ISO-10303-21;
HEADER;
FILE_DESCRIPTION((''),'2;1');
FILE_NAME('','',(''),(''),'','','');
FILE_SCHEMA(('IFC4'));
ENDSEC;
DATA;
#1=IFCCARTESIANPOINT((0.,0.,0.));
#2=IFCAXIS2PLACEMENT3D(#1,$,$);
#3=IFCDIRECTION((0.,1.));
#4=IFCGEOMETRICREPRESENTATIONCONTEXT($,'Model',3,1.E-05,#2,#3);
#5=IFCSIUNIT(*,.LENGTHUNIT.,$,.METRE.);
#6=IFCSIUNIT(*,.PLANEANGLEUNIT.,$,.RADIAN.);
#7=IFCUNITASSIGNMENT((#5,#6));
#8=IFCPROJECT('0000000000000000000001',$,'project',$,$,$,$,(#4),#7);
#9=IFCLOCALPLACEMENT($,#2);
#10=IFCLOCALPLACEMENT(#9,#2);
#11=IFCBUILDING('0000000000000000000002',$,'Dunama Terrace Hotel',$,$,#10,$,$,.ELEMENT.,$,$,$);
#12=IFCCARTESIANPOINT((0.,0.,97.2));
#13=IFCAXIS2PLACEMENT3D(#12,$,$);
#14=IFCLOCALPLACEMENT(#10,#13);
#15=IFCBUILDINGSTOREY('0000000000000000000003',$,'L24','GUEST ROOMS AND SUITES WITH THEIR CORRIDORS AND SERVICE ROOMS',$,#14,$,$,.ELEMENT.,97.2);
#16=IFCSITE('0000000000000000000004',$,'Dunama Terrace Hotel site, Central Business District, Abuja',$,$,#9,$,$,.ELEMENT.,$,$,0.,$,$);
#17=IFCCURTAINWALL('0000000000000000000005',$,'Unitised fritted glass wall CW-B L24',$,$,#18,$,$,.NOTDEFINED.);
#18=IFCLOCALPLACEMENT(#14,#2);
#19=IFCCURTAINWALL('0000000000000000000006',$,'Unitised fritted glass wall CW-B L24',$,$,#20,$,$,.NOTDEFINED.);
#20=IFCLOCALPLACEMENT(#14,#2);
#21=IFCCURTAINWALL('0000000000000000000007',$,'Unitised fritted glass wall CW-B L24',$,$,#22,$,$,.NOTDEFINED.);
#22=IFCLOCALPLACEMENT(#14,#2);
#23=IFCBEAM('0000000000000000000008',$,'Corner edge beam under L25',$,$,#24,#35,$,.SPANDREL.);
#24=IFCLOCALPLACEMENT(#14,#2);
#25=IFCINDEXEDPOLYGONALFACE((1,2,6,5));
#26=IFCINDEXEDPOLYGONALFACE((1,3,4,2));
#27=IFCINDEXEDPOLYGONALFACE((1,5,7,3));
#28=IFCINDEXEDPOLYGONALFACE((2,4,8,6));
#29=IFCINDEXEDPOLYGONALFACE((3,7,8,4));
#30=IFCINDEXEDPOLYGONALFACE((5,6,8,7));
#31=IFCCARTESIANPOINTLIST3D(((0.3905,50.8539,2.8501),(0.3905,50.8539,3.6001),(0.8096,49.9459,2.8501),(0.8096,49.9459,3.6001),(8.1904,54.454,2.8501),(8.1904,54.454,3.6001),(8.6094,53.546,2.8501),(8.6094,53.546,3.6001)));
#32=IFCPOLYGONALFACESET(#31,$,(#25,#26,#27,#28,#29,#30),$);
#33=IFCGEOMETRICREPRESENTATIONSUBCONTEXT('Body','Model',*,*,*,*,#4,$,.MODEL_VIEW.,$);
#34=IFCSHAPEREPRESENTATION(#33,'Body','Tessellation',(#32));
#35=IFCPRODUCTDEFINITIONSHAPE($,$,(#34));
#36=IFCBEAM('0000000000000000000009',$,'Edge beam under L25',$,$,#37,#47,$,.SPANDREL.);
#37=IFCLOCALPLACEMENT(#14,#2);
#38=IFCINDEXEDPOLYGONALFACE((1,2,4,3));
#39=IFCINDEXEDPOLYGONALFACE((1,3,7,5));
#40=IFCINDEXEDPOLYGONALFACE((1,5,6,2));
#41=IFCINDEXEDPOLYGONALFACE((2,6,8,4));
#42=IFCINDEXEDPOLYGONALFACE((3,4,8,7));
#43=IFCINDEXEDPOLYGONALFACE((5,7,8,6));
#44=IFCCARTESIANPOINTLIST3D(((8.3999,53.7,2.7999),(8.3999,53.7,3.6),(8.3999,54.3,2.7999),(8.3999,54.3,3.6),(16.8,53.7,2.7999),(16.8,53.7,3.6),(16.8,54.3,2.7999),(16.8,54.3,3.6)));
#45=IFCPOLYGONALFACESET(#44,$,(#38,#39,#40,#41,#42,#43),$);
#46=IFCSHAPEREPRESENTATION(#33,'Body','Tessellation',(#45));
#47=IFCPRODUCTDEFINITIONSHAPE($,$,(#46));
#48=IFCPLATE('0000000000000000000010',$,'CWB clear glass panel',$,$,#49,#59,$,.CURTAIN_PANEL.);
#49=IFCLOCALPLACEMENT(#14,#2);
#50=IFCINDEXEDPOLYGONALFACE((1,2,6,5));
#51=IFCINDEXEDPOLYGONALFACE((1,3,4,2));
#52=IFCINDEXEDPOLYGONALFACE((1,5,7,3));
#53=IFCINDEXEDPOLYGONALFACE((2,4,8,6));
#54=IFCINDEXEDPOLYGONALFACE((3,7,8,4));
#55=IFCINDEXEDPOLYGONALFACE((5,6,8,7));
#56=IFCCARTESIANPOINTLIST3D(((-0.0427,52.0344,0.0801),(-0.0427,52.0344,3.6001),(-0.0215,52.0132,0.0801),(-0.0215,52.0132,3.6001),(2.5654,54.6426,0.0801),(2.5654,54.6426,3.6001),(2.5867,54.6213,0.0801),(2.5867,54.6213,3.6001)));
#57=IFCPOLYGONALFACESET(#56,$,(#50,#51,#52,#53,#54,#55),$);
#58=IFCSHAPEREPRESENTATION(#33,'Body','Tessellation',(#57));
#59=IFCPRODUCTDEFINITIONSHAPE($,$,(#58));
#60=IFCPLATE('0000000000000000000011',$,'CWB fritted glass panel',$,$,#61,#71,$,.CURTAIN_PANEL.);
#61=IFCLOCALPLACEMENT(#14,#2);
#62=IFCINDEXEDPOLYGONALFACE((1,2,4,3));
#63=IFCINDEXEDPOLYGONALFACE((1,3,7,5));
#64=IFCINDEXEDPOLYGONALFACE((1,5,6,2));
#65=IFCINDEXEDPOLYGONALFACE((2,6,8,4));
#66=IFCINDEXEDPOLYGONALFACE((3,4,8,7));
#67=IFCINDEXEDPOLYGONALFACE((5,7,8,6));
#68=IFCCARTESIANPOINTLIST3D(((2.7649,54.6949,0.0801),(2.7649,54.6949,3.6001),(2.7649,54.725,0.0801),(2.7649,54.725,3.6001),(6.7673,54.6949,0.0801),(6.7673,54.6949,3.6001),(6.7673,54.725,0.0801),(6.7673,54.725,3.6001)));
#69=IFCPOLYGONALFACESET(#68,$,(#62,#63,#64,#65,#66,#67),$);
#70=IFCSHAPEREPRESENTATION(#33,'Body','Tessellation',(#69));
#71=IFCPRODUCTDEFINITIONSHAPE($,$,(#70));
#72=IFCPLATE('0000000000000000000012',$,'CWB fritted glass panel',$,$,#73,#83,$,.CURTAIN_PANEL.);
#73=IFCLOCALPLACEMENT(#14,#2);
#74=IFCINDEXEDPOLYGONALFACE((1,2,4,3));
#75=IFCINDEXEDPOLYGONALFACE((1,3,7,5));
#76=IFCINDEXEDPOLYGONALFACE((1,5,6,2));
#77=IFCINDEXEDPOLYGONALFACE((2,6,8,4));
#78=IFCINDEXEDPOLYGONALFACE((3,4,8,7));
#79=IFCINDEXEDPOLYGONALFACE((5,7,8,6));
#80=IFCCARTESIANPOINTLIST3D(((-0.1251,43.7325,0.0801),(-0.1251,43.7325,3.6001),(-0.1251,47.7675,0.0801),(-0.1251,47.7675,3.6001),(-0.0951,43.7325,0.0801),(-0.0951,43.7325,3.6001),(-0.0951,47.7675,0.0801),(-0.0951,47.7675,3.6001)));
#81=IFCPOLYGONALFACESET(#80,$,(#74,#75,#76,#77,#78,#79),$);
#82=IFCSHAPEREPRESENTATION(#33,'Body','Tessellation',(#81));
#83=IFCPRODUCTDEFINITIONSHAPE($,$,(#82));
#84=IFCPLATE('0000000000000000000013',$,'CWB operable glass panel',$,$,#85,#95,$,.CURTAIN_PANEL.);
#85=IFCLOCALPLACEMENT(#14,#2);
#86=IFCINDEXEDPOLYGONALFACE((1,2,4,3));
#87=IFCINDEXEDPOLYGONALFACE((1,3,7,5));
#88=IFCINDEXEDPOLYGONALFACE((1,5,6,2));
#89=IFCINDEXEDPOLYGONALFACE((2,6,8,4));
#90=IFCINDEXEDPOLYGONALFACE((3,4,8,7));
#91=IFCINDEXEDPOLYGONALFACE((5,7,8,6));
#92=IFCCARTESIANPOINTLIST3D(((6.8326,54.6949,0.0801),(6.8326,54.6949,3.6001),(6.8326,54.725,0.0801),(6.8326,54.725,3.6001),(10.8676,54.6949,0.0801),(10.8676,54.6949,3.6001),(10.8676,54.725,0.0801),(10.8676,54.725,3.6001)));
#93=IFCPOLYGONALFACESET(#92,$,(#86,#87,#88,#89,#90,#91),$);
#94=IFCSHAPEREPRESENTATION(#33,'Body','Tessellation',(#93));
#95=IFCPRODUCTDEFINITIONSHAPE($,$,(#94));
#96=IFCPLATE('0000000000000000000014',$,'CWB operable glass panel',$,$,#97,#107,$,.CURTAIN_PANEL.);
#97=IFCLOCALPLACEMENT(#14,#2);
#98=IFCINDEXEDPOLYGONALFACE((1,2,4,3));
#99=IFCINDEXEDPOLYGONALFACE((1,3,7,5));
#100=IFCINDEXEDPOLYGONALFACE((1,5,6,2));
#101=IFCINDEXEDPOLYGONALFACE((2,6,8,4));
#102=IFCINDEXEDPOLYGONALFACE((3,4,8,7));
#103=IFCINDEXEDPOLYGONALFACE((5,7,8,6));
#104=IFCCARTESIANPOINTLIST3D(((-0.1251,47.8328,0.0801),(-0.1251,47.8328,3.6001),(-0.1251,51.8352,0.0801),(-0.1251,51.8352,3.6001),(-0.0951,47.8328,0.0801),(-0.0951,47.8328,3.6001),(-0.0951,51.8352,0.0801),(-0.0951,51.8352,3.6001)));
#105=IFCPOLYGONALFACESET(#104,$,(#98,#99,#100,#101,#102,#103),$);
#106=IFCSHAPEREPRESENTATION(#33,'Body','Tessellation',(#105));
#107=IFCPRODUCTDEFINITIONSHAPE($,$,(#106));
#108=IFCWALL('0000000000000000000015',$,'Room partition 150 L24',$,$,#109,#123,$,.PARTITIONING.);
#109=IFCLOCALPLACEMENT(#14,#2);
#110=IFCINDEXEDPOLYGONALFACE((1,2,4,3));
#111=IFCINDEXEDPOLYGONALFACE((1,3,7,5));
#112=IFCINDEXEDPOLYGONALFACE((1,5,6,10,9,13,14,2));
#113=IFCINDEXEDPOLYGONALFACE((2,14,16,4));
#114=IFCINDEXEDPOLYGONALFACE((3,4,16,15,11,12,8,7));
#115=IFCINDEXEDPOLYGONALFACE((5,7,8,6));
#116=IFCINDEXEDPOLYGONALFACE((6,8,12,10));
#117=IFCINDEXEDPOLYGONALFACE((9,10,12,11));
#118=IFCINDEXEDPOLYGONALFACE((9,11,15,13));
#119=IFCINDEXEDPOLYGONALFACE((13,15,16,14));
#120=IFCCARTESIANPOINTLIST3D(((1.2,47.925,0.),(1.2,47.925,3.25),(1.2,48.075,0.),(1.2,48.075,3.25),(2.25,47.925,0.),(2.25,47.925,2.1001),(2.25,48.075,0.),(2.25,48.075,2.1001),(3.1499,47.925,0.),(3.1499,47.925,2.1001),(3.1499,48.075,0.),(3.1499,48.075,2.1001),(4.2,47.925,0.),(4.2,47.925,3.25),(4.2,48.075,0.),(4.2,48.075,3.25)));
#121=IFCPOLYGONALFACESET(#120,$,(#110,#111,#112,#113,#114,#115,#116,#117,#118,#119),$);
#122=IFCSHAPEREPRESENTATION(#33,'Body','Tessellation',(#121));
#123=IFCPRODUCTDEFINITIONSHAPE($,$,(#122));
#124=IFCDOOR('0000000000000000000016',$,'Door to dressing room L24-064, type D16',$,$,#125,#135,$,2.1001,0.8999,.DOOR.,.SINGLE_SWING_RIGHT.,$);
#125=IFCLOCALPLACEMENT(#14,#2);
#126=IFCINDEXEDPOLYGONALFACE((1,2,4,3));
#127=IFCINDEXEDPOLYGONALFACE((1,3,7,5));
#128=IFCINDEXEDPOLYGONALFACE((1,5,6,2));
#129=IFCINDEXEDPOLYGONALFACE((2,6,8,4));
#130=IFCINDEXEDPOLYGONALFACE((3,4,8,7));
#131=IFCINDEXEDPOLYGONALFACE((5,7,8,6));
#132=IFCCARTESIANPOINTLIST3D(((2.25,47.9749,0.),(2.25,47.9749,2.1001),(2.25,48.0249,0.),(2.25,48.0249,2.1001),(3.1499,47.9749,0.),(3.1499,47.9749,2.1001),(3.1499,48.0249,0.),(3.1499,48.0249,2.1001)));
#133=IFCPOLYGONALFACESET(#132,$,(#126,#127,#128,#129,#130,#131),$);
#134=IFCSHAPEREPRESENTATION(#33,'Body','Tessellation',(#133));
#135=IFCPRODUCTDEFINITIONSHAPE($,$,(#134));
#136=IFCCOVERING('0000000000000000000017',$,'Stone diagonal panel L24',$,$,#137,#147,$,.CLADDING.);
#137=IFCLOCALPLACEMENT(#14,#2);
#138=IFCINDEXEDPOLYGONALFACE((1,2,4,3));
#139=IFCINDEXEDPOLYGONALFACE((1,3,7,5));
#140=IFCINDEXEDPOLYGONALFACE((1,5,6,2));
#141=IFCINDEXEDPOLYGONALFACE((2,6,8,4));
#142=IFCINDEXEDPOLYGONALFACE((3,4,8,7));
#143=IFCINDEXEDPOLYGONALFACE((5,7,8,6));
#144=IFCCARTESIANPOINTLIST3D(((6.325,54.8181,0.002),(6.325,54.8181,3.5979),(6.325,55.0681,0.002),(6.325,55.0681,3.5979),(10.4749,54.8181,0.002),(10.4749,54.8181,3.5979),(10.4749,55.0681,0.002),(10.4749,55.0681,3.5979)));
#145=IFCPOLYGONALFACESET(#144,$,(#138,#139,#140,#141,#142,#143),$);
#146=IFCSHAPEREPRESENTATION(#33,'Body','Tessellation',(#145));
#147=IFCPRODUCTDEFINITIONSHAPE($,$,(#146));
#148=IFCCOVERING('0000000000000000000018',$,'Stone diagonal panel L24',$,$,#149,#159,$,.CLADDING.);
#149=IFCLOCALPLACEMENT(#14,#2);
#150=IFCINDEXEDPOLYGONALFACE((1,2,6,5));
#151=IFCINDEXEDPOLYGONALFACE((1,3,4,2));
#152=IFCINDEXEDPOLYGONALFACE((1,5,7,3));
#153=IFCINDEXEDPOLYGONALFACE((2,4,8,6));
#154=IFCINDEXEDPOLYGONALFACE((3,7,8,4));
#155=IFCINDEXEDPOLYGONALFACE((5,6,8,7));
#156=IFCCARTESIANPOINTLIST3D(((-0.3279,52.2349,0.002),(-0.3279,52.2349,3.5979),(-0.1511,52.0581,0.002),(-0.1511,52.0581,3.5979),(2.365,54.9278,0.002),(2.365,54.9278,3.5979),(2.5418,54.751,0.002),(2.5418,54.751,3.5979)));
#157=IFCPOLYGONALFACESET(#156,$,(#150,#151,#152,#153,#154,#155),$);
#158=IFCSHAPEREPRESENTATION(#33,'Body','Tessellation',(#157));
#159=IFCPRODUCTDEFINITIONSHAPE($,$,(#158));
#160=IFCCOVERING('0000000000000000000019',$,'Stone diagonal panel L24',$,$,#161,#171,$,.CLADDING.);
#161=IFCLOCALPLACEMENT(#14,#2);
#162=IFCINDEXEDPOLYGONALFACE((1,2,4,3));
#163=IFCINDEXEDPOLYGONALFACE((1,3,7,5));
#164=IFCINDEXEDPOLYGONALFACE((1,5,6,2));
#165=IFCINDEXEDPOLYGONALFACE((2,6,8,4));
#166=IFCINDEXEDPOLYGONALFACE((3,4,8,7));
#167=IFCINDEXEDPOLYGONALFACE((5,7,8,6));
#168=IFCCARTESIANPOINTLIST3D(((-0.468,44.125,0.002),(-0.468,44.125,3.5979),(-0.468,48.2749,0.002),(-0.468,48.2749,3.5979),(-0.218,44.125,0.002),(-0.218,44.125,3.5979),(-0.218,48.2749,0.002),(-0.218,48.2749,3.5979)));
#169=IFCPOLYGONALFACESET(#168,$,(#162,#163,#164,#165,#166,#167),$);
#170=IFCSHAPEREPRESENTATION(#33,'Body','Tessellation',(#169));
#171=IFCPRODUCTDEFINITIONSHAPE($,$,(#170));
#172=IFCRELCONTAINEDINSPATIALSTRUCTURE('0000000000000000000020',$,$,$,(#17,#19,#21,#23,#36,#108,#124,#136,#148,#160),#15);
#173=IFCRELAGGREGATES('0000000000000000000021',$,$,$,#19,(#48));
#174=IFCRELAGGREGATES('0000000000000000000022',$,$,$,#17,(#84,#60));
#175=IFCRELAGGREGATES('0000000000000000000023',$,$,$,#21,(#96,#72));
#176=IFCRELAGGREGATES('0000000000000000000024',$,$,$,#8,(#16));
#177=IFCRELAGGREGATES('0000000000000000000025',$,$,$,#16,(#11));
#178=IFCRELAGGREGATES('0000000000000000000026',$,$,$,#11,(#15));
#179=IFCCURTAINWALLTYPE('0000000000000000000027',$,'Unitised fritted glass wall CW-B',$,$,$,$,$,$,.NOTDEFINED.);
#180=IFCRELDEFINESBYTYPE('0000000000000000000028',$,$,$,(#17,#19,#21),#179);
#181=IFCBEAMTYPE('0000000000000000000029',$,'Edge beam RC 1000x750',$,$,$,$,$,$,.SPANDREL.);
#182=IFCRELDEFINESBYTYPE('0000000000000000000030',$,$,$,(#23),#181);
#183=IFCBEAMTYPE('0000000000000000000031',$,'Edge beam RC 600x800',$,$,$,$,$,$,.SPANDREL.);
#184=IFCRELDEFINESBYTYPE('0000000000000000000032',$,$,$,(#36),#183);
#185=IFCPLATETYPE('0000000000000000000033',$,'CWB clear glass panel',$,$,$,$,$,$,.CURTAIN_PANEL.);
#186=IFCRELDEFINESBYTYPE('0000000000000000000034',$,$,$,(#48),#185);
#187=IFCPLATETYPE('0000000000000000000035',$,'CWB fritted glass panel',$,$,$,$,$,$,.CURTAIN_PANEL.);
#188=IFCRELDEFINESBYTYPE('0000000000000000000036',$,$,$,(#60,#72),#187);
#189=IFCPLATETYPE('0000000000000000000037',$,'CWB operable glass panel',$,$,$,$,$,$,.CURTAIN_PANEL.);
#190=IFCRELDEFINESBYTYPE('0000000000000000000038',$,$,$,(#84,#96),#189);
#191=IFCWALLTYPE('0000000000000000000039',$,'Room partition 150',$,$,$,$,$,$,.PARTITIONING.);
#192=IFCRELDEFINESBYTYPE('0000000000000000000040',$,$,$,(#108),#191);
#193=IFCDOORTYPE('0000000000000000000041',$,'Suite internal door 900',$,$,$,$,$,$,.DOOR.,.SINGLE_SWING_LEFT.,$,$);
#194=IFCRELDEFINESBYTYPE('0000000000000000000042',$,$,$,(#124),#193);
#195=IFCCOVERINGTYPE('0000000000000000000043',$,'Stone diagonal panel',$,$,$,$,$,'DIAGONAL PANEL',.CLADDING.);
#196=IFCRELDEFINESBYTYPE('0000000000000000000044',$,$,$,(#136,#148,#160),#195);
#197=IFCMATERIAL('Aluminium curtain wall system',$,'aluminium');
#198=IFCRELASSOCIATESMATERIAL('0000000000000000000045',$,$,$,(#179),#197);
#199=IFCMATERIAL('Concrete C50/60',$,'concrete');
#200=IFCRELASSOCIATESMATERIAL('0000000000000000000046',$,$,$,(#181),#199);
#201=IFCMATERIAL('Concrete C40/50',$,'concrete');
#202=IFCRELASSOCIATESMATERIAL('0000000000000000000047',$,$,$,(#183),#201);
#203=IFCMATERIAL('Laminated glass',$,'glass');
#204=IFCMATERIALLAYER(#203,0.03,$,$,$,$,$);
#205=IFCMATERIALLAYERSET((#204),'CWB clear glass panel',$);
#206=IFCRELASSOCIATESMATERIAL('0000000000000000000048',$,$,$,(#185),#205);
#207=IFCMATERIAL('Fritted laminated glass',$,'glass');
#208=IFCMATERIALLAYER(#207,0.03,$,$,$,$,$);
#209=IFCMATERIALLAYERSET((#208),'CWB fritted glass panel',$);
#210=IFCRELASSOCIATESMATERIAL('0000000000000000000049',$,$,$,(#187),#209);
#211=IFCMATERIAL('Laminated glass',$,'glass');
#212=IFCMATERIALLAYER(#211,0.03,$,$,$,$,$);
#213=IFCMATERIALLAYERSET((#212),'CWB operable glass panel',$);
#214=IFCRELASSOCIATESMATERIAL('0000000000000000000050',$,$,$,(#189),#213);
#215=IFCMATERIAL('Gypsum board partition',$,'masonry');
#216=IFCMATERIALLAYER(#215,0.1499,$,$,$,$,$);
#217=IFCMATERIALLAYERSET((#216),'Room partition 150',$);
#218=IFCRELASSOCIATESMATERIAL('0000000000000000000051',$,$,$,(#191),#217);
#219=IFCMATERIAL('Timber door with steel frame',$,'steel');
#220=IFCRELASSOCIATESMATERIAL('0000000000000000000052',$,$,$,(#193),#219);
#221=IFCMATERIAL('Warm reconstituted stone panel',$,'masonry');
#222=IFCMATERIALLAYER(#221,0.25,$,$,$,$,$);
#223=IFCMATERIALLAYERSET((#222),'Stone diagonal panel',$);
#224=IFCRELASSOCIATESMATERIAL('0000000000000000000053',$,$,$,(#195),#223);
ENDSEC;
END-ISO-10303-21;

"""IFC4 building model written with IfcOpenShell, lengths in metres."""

from ifc_helpers import new_model, si_unit, direction, frame, frame_2d, origin, origin_2d, place, context, subcontext, project, spatial, rectangle, extrude, material, layer, layer_set, material_profile, profile_set, type_object, element, fill, aggregate, save


model = new_model("IFC4")

# Units and contexts
model_context = context("Model", 3, precision=1e-05, world=origin(), true_north=direction((0.0, 1.0)))
body_context = subcontext(model_context, "Body", "Model", "MODEL_VIEW")
ifc_project = project(units=[si_unit("LENGTHUNIT", "METRE"), si_unit("PLANEANGLEUNIT", "RADIAN")], contexts=[model_context])

# Site, building, storey
site_placement = place(None, origin())
site = spatial("IfcSite", under=ifc_project, at=site_placement, Name="Dunama Terrace Hotel site, Central Business District, Abuja", CompositionType="ELEMENT", RefElevation=0.0)
building_placement = place(site_placement, origin())
building = spatial("IfcBuilding", under=site, at=building_placement, Name="Dunama Terrace Hotel", CompositionType="ELEMENT")
storey_placement = place(building_placement, frame((0.0, 0.0, 97.2)))
storey = spatial("IfcBuildingStorey", under=building, at=storey_placement, Name="L24", Description="GUEST ROOMS AND SUITES WITH THEIR CORRIDORS AND SERVICE ROOMS", CompositionType="ELEMENT", Elevation=97.2)

# Curtain walls
ifc_material_1 = material(Name="Aluminium curtain wall system", Category="aluminium")
curtain_wall_type = type_object("IfcCurtainWallType", Name="Unitised fritted glass wall CW-B", PredefinedType="NOTDEFINED", material=ifc_material_1)
curtain_wall_1_placement = place(storey_placement, origin())
curtain_wall_1 = element("IfcCurtainWall", 1, at=curtain_wall_1_placement, inside=storey, type_object=curtain_wall_type, Name="Unitised fritted glass wall CW-B L24", PredefinedType="NOTDEFINED")
curtain_wall_2_placement = place(storey_placement, origin())
curtain_wall_2 = element("IfcCurtainWall", 2, at=curtain_wall_2_placement, inside=storey, type_object=curtain_wall_type, Name="Unitised fritted glass wall CW-B L24", PredefinedType="NOTDEFINED")
curtain_wall_3_placement = place(storey_placement, origin())
curtain_wall_3 = element("IfcCurtainWall", 3, at=curtain_wall_3_placement, inside=storey, type_object=curtain_wall_type, Name="Unitised fritted glass wall CW-B L24", PredefinedType="NOTDEFINED")

# Beams
ifc_material_2 = material(Name="Concrete C50/60", Category="concrete")
ifc_material_profile_1 = material_profile(ifc_material_2, rectangle(XDim=1.0, YDim=0.75, at=origin_2d()), Name="RC 1000x750")
ifc_profile_set_1 = profile_set([ifc_material_profile_1], Name="Concrete C50/60")
beam_type_1 = type_object("IfcBeamType", Name="Edge beam RC 1000x750", PredefinedType="SPANDREL", material=ifc_profile_set_1)
beam_1_placement = place(storey_placement, frame((8.3999, 54.0, 3.2251), z_axis=(-0.907951, -0.419076, 0.0), x_axis=(0.419076, -0.907951, 0.0)))
element("IfcBeam", 4, at=beam_1_placement, inside=storey, type_object=beam_type_1, Name="Corner edge beam under L25", PredefinedType="SPANDREL", context=body_context, shape_type="SweptSolid", body=[
    extrude(rectangle(XDim=1.0, YDim=0.75, at=origin_2d()), origin(), (0.0, 0.0, 1.0), 8.5906),
])
ifc_material_3 = material(Name="Concrete C40/50", Category="concrete")
ifc_material_profile_2 = material_profile(ifc_material_3, rectangle(XDim=0.6001, YDim=0.8, at=origin_2d()), Name="RC 600x800")
ifc_profile_set_2 = profile_set([ifc_material_profile_2], Name="Concrete C40/50")
beam_type_2 = type_object("IfcBeamType", Name="Edge beam RC 600x800", PredefinedType="SPANDREL", material=ifc_profile_set_2)
beam_2_placement = place(storey_placement, frame((8.3999, 54.0, 3.2), z_axis=(1.0, 0.0, 0.0), x_axis=(0.0, 1.0, 0.0)))
element("IfcBeam", 5, at=beam_2_placement, inside=storey, type_object=beam_type_2, Name="Edge beam under L25", PredefinedType="SPANDREL", context=body_context, shape_type="SweptSolid", body=[
    extrude(rectangle(XDim=0.6001, YDim=0.8, at=origin_2d()), origin(), (0.0, 0.0, 1.0), 8.4001),
])

# Plates
ifc_material_4 = material(Name="Laminated glass", Category="glass")
ifc_layer_1 = layer(ifc_material_4, 0.03)
ifc_layer_set_1 = layer_set([ifc_layer_1], Name="CWB clear glass panel")
plate_type_1 = type_object("IfcPlateType", Name="CWB clear glass panel", PredefinedType="CURTAIN_PANEL", material=ifc_layer_set_1)
plate_1_placement = place(storey_placement, frame((1.272, 53.3279, 0.0801), z_axis=(0.0, 0.0, 1.0), x_axis=(-0.707107, -0.707107, 0.0)))
plate_1 = element("IfcPlate", 6, at=plate_1_placement, type_object=plate_type_1, Name="CWB clear glass panel", PredefinedType="CURTAIN_PANEL", context=body_context, shape_type="SweptSolid", body=[
    extrude(rectangle(XDim=3.6885, YDim=0.03, at=origin_2d()), origin(), (0.0, 0.0, 1.0), 3.52),
])
aggregate(curtain_wall_2, [plate_1])
ifc_material_5 = material(Name="Fritted laminated glass", Category="glass")
ifc_layer_2 = layer(ifc_material_5, 0.03)
ifc_layer_set_2 = layer_set([ifc_layer_2], Name="CWB fritted glass panel")
plate_type_2 = type_object("IfcPlateType", Name="CWB fritted glass panel", PredefinedType="CURTAIN_PANEL", material=ifc_layer_set_2)
plate_2_placement = place(storey_placement, frame((4.7661, 54.71, 0.0801), z_axis=(0.0, 0.0, 1.0), x_axis=(-1.0, 0.0, 0.0)))
plate_2 = element("IfcPlate", 7, at=plate_2_placement, type_object=plate_type_2, Name="CWB fritted glass panel", PredefinedType="CURTAIN_PANEL", context=body_context, shape_type="SweptSolid", body=[
    extrude(rectangle(XDim=4.0024, YDim=0.03, at=origin_2d()), origin(), (0.0, 0.0, 1.0), 3.52),
])
plate_3_placement = place(storey_placement, frame((-0.1101, 45.75, 0.0801), z_axis=(0.0, 0.0, 1.0), x_axis=(0.0, -1.0, 0.0)))
plate_3 = element("IfcPlate", 8, at=plate_3_placement, type_object=plate_type_2, Name="CWB fritted glass panel", PredefinedType="CURTAIN_PANEL", context=body_context, shape_type="SweptSolid", body=[
    extrude(rectangle(XDim=4.0349, YDim=0.03, at=origin_2d()), origin(), (0.0, 0.0, 1.0), 3.52),
])
ifc_material_6 = material(Name="Laminated glass", Category="glass")
ifc_layer_3 = layer(ifc_material_6, 0.03)
ifc_layer_set_3 = layer_set([ifc_layer_3], Name="CWB operable glass panel")
plate_type_3 = type_object("IfcPlateType", Name="CWB operable glass panel", PredefinedType="CURTAIN_PANEL", material=ifc_layer_set_3)
plate_4_placement = place(storey_placement, frame((8.8501, 54.71, 0.0801), z_axis=(0.0, 0.0, 1.0), x_axis=(-1.0, 0.0, 0.0)))
plate_4 = element("IfcPlate", 9, at=plate_4_placement, type_object=plate_type_3, Name="CWB operable glass panel", PredefinedType="CURTAIN_PANEL", context=body_context, shape_type="SweptSolid", body=[
    extrude(rectangle(XDim=4.0349, YDim=0.03, at=origin_2d()), origin(), (0.0, 0.0, 1.0), 3.52),
])
aggregate(curtain_wall_1, [plate_4, plate_2])
plate_5_placement = place(storey_placement, frame((-0.1101, 49.834, 0.0801), z_axis=(0.0, 0.0, 1.0), x_axis=(0.0, -1.0, 0.0)))
plate_5 = element("IfcPlate", 10, at=plate_5_placement, type_object=plate_type_3, Name="CWB operable glass panel", PredefinedType="CURTAIN_PANEL", context=body_context, shape_type="SweptSolid", body=[
    extrude(rectangle(XDim=4.0024, YDim=0.03, at=origin_2d()), origin(), (0.0, 0.0, 1.0), 3.52),
])
aggregate(curtain_wall_3, [plate_5, plate_3])

# Wall, opening, door
ifc_material_7 = material(Name="Gypsum board partition", Category="masonry")
ifc_layer_4 = layer(ifc_material_7, 0.1499)
ifc_layer_set_4 = layer_set([ifc_layer_4], Name="Room partition 150")
wall_type = type_object("IfcWallType", Name="Room partition 150", PredefinedType="PARTITIONING", material=ifc_layer_set_4)
wall_placement = place(storey_placement, frame((1.2, 48.0, 0.0), z_axis=(0.0, 0.0, 1.0), x_axis=(1.0, 0.0, 0.0)))
wall = element("IfcWall", 11, at=wall_placement, inside=storey, type_object=wall_type, Name="Room partition 150 L24", PredefinedType="PARTITIONING", context=body_context, shape_type="SweptSolid", body=[
    extrude(rectangle(XDim=3.0, YDim=0.1499, at=frame_2d((1.5, 0.0))), origin(), (0.0, 0.0, 1.0), 3.25),
])
opening_placement = place(wall_placement, frame((1.05, 0.0, 0.0)))
opening = element("IfcOpeningElement", 12, at=opening_placement, cuts=wall, PredefinedType="OPENING", context=body_context, shape_type="SweptSolid", body=[
    extrude(rectangle(XDim=0.8999, YDim=2.1001, at=frame_2d((0.45, 1.05))), frame((0.0, 0.085, 0.0), z_axis=(0.0, -1.0, 0.0), x_axis=(1.0, 0.0, 0.0)), (0.0, 0.0, 1.0), 0.1699),
])
ifc_material_8 = material(Name="Timber door with steel frame", Category="steel")
door_type = type_object("IfcDoorType", Name="Suite internal door 900", OperationType="SINGLE_SWING_LEFT", PredefinedType="DOOR", material=ifc_material_8)
door_placement = place(opening_placement, frame((0.8999, 0.0, 0.0), z_axis=(0.0, 0.0, 1.0), x_axis=(-1.0, 0.0, 0.0)))
door = element("IfcDoor", 13, at=door_placement, inside=storey, type_object=door_type, Name="Door to dressing room L24-064, type D16", OperationType="SINGLE_SWING_RIGHT", OverallHeight=2.1001, OverallWidth=0.8999, PredefinedType="DOOR", context=body_context, shape_type="SweptSolid", body=[
    extrude(rectangle(XDim=0.8999, YDim=2.1001, at=frame_2d((0.45, 1.05))), frame((0.0, 0.0251, 0.0), z_axis=(0.0, -1.0, 0.0), x_axis=(1.0, 0.0, 0.0)), (0.0, 0.0, 1.0), 0.05),
])
fill(opening, door)

# Coverings
ifc_material_9 = material(Name="Warm reconstituted stone panel", Category="masonry")
ifc_layer_5 = layer(ifc_material_9, 0.25)
ifc_layer_set_5 = layer_set([ifc_layer_5], Name="Stone diagonal panel")
covering_type = type_object("IfcCoveringType", Name="Stone diagonal panel", ElementType="DIAGONAL PANEL", PredefinedType="CLADDING", material=ifc_layer_set_5)
covering_1_placement = place(storey_placement, frame((8.3999, 54.9431, 0.002), z_axis=(0.0, 0.0, 1.0), x_axis=(-1.0, 0.0, 0.0)))
element("IfcCovering", 14, at=covering_1_placement, inside=storey, type_object=covering_type, Name="Stone diagonal panel L24", PredefinedType="CLADDING", context=body_context, shape_type="SweptSolid", body=[
    extrude(rectangle(XDim=4.1499, YDim=0.25, at=origin_2d()), origin(), (0.0, 0.0, 1.0), 3.5959),
])
covering_2_placement = place(storey_placement, frame((1.1069, 53.4929, 0.002), z_axis=(0.0, 0.0, 1.0), x_axis=(-0.707107, -0.707107, 0.0)))
element("IfcCovering", 15, at=covering_2_placement, inside=storey, type_object=covering_type, Name="Stone diagonal panel L24", PredefinedType="CLADDING", context=body_context, shape_type="SweptSolid", body=[
    extrude(rectangle(XDim=3.8083, YDim=0.25, at=origin_2d()), origin(), (0.0, 0.0, 1.0), 3.5959),
])
covering_3_placement = place(storey_placement, frame((-0.343, 46.2, 0.002), z_axis=(0.0, 0.0, 1.0), x_axis=(0.0, -1.0, 0.0)))
element("IfcCovering", 16, at=covering_3_placement, inside=storey, type_object=covering_type, Name="Stone diagonal panel L24", PredefinedType="CLADDING", context=body_context, shape_type="SweptSolid", body=[
    extrude(rectangle(XDim=4.1499, YDim=0.25, at=origin_2d()), origin(), (0.0, 0.0, 1.0), 3.5959),
])

save(model, "model.ifc")
